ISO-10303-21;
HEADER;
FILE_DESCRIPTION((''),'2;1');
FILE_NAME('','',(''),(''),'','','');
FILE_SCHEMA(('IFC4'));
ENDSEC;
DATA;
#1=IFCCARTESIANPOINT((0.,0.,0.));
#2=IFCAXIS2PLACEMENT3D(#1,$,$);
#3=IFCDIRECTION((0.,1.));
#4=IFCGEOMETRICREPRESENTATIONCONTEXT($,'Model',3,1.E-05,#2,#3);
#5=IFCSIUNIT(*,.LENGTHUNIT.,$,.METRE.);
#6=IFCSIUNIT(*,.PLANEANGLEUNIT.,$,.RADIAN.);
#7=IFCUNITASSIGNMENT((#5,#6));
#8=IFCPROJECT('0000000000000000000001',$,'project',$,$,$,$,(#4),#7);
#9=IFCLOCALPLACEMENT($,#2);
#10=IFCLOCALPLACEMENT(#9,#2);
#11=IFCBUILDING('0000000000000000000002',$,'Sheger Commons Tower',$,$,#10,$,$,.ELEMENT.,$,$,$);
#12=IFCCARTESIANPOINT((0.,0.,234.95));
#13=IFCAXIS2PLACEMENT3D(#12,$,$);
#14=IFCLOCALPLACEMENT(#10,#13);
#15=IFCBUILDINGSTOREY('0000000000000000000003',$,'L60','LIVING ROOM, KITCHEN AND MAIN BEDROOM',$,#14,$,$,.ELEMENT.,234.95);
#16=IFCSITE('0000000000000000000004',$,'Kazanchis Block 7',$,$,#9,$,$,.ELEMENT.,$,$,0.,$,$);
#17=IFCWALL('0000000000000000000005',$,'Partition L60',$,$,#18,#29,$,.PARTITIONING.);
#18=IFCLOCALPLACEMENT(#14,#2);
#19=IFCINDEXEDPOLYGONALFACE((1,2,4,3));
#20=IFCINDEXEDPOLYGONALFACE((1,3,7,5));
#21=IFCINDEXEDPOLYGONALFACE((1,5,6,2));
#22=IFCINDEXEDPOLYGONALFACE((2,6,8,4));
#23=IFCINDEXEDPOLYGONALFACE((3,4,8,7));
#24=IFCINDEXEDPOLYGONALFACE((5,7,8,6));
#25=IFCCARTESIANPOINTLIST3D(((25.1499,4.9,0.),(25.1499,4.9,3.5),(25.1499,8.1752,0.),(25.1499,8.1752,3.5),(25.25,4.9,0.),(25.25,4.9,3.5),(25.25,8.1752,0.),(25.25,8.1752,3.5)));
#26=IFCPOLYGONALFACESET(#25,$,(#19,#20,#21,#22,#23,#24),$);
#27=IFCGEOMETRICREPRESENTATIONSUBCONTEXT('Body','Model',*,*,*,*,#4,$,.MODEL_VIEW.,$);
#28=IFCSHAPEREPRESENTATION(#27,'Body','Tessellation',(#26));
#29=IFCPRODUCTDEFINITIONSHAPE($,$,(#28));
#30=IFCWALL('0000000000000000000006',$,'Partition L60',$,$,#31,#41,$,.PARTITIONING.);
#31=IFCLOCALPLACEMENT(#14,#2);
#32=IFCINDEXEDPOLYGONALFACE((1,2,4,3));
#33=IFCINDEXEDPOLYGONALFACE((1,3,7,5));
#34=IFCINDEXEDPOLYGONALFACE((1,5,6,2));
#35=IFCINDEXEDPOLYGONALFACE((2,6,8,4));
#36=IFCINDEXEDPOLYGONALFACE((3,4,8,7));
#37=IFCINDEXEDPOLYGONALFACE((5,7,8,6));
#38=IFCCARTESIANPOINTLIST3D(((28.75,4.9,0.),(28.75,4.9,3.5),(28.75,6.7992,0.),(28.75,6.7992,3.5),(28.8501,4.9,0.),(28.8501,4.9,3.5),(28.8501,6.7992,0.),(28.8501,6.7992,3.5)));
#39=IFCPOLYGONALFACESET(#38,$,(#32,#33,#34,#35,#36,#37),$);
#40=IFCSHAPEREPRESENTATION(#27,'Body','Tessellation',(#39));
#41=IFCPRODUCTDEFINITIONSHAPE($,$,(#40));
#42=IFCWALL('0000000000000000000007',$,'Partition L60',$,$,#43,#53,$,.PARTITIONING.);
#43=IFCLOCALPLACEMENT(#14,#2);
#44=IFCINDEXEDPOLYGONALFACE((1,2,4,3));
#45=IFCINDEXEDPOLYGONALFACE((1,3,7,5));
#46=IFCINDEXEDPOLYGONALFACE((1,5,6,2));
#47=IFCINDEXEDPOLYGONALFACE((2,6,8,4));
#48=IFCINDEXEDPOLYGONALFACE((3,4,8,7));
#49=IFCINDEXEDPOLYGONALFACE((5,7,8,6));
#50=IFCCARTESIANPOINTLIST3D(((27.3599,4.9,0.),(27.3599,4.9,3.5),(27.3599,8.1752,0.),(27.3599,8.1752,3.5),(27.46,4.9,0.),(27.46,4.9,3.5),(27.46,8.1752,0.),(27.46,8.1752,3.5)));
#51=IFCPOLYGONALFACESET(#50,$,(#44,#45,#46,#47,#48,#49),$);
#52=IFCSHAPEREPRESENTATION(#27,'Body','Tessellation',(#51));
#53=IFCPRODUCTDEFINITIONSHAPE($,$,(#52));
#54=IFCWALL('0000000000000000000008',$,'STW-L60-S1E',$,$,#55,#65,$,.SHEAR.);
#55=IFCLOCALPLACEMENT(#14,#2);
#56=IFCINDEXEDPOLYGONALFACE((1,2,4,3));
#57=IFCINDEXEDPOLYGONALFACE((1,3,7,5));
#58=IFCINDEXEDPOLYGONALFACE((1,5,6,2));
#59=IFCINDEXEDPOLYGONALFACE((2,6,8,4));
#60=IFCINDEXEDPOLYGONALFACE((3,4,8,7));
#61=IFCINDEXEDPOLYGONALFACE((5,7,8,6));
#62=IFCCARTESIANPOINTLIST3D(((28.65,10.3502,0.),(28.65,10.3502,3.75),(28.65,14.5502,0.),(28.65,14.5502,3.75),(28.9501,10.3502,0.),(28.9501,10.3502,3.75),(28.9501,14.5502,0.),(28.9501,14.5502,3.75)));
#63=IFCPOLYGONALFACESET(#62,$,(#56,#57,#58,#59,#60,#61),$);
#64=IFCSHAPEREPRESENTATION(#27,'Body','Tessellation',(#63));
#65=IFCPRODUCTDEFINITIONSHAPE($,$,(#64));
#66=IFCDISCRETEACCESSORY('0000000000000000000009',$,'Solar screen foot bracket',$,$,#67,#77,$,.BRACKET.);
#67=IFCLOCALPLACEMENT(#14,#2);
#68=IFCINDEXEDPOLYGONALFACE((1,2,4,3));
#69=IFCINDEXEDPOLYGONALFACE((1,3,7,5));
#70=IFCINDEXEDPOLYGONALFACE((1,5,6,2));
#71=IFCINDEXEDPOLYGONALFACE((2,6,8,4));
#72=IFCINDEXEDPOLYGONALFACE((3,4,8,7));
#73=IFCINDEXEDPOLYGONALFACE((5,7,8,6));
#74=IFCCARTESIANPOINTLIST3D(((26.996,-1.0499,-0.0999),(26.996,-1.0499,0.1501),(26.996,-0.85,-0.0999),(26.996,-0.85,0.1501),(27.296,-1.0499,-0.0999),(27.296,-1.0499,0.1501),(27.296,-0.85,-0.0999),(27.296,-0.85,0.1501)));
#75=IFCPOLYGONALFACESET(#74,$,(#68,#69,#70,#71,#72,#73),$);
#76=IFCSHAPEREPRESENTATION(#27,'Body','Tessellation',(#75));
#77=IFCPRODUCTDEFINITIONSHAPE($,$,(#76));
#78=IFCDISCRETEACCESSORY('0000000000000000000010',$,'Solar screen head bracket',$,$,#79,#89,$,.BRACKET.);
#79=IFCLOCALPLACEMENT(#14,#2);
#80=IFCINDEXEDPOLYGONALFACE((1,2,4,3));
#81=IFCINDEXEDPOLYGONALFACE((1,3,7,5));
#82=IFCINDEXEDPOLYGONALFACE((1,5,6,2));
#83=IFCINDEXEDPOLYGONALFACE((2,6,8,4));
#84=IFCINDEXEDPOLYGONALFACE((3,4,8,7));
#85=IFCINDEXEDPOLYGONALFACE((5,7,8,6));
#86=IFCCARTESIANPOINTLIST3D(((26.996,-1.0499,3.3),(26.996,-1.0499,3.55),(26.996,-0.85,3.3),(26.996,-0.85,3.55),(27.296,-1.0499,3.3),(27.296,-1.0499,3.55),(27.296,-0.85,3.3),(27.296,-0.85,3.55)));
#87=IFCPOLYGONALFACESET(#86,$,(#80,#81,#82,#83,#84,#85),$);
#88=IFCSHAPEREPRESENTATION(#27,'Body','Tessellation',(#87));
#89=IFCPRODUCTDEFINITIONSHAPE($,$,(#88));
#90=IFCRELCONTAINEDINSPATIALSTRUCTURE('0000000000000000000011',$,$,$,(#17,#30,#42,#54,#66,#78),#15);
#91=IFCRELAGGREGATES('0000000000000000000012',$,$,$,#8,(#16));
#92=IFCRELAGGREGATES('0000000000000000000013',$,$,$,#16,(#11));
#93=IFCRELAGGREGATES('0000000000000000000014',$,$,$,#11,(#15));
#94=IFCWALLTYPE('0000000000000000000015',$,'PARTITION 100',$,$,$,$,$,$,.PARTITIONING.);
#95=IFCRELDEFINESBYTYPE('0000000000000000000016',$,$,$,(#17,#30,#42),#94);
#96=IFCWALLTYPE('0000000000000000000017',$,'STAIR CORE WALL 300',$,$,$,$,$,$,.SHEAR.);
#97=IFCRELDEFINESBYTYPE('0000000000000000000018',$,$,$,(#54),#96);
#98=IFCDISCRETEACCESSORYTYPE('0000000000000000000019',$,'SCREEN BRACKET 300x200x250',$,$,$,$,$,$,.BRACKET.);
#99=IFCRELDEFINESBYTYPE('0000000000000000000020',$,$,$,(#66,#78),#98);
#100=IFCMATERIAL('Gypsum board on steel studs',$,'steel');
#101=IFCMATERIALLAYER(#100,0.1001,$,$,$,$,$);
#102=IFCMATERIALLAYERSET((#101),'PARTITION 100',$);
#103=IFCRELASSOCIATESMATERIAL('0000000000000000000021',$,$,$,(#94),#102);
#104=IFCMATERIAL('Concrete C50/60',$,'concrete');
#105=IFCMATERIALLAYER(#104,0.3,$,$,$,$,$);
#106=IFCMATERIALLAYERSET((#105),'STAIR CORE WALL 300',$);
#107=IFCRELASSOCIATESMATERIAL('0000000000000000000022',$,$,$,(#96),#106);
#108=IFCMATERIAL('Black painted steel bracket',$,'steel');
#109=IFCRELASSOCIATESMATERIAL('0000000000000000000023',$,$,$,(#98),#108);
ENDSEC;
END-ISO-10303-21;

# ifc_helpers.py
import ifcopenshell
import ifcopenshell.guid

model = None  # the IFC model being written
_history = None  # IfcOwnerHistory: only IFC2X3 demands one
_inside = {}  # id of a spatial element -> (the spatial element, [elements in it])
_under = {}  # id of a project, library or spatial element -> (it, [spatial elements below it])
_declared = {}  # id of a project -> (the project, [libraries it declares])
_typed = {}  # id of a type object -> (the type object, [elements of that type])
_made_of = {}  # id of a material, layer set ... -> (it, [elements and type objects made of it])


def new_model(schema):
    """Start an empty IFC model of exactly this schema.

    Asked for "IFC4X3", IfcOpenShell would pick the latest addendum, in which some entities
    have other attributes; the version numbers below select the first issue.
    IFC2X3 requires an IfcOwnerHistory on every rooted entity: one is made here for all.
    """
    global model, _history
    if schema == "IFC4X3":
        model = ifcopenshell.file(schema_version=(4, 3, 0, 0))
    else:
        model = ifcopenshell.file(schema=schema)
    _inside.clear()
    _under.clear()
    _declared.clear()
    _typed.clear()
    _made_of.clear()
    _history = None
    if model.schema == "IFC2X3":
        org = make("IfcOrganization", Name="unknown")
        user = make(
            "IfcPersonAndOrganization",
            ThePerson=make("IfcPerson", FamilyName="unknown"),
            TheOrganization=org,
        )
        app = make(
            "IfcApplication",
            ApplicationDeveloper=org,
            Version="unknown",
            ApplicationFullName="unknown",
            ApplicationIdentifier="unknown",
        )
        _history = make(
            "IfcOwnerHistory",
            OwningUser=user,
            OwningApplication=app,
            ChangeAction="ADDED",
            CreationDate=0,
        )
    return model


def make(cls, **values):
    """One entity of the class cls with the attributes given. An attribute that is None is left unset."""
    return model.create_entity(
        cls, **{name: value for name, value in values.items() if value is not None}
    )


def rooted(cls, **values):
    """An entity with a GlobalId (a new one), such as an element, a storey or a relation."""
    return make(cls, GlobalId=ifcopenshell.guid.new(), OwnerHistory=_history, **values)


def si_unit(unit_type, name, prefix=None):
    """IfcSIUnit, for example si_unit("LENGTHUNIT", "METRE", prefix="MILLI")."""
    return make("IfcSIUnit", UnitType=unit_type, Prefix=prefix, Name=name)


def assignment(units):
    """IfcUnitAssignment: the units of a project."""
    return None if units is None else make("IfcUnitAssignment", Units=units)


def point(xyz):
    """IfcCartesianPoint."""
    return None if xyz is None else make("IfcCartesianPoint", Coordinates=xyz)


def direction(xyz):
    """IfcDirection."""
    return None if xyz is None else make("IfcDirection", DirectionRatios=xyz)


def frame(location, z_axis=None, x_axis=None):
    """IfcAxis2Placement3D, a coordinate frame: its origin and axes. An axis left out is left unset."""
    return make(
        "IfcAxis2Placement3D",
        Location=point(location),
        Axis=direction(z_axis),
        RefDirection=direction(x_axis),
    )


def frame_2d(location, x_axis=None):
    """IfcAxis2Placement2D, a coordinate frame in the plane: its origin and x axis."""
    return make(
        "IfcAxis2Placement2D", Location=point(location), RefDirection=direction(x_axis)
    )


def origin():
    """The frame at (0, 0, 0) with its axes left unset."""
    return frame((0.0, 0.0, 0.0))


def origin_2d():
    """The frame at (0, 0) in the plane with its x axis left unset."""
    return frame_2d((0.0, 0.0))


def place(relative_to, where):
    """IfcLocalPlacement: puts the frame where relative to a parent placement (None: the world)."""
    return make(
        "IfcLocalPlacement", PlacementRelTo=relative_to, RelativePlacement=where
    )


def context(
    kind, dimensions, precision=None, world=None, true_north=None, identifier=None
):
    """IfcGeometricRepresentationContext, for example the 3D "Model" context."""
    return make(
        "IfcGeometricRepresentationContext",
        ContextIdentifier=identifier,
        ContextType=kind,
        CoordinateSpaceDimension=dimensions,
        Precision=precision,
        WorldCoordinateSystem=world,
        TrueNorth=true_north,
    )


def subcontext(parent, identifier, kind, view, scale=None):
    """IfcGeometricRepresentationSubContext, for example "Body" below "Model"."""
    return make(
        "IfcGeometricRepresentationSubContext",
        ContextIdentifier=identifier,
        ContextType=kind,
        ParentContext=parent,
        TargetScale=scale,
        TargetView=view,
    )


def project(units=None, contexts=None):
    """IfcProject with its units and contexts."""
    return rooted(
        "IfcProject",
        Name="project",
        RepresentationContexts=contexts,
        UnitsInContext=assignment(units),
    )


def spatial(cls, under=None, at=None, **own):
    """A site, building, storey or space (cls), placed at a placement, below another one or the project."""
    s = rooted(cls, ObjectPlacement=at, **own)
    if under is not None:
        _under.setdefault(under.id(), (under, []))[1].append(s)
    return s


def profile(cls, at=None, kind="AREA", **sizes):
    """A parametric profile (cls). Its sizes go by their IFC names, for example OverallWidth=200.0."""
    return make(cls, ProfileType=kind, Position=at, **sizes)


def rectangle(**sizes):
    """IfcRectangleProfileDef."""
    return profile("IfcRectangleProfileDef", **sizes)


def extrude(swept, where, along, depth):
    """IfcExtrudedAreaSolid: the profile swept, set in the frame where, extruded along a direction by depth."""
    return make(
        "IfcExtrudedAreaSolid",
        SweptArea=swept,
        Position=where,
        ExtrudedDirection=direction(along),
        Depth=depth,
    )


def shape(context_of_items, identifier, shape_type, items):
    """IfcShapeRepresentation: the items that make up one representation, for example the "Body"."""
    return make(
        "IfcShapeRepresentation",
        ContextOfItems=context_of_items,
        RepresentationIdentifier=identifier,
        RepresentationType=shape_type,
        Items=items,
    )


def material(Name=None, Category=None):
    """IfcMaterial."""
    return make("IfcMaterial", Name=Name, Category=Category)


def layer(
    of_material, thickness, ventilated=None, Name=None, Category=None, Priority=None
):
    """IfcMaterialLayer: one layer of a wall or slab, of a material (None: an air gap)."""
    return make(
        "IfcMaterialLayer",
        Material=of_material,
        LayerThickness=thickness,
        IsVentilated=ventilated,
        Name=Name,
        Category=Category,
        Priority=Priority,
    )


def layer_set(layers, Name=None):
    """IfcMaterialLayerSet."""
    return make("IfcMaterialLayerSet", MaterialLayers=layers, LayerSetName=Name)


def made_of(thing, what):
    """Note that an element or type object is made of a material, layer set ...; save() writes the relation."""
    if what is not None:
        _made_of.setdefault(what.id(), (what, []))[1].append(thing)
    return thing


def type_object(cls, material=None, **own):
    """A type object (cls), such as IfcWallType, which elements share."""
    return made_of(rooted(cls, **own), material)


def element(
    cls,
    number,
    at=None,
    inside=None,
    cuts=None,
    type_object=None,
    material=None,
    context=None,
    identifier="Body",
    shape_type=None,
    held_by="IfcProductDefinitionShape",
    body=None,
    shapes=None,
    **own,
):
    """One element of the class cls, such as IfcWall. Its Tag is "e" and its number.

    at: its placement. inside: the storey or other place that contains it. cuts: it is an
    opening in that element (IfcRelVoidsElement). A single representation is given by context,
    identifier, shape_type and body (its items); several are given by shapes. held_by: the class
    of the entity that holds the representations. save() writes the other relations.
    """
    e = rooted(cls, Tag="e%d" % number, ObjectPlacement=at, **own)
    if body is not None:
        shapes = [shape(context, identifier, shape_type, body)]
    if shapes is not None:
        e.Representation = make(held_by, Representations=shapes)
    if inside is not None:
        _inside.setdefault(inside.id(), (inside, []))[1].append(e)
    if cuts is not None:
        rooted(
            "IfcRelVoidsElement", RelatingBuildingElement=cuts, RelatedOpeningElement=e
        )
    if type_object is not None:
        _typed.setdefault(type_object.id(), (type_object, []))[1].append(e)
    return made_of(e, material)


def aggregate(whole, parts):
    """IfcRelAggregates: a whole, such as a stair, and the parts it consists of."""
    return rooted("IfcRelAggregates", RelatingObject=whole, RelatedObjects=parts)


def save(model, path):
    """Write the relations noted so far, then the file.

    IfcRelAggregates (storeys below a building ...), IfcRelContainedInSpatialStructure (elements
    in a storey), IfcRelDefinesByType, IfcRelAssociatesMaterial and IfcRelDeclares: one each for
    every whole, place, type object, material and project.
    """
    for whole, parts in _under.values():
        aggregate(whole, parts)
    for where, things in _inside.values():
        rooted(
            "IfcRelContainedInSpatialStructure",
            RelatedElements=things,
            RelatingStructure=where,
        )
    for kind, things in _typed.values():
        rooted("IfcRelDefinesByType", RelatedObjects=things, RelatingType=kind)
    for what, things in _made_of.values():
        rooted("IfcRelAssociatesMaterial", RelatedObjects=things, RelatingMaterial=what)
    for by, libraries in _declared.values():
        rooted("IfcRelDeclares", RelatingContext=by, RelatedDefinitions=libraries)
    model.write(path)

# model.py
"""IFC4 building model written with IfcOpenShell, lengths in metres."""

from ifc_helpers import new_model, si_unit, direction, frame, frame_2d, origin, origin_2d, place, context, subcontext, project, spatial, rectangle, extrude, material, layer, layer_set, type_object, element, save


model = new_model("IFC4")

# Units and contexts
model_context = context("Model", 3, precision=1e-05, world=origin(), true_north=direction((0.0, 1.0)))
body_context = subcontext(model_context, "Body", "Model", "MODEL_VIEW")
ifc_project = project(units=[si_unit("LENGTHUNIT", "METRE"), si_unit("PLANEANGLEUNIT", "RADIAN")], contexts=[model_context])

# Site, building, storey
site_placement = place(None, origin())
site = spatial("IfcSite", under=ifc_project, at=site_placement, Name="Kazanchis Block 7", CompositionType="ELEMENT", RefElevation=0.0)
building_placement = place(site_placement, origin())
building = spatial("IfcBuilding", under=site, at=building_placement, Name="Sheger Commons Tower", CompositionType="ELEMENT")
storey_placement = place(building_placement, frame((0.0, 0.0, 234.95)))
storey = spatial("IfcBuildingStorey", under=building, at=storey_placement, Name="L60", Description="LIVING ROOM, KITCHEN AND MAIN BEDROOM", CompositionType="ELEMENT", Elevation=234.95)

# Walls
ifc_material_1 = material(Name="Gypsum board on steel studs", Category="steel")
ifc_layer_1 = layer(ifc_material_1, 0.1001)
ifc_layer_set_1 = layer_set([ifc_layer_1], Name="PARTITION 100")
wall_type_1 = type_object("IfcWallType", Name="PARTITION 100", PredefinedType="PARTITIONING", material=ifc_layer_set_1)
wall_1_placement = place(storey_placement, frame((25.2, 4.8999, 0.0), z_axis=(0.0, 0.0, 1.0), x_axis=(0.0, 1.0, 0.0)))
element("IfcWall", 1, at=wall_1_placement, inside=storey, type_object=wall_type_1, Name="Partition L60", PredefinedType="PARTITIONING", context=body_context, shape_type="SweptSolid", body=[
    extrude(rectangle(XDim=3.2751, YDim=0.1001, at=frame_2d((1.6377, 0.0))), origin(), (0.0, 0.0, 1.0), 3.5),
])
wall_2_placement = place(storey_placement, frame((28.8, 4.8999, 0.0), z_axis=(0.0, 0.0, 1.0), x_axis=(0.0, 1.0, 0.0)))
element("IfcWall", 2, at=wall_2_placement, inside=storey, type_object=wall_type_1, Name="Partition L60", PredefinedType="PARTITIONING", context=body_context, shape_type="SweptSolid", body=[
    extrude(rectangle(XDim=1.8992, YDim=0.1001, at=frame_2d((0.9497, 0.0))), origin(), (0.0, 0.0, 1.0), 3.5),
])
wall_3_placement = place(storey_placement, frame((27.4099, 4.8999, 0.0), z_axis=(0.0, 0.0, 1.0), x_axis=(0.0, 1.0, 0.0)))
element("IfcWall", 3, at=wall_3_placement, inside=storey, type_object=wall_type_1, Name="Partition L60", PredefinedType="PARTITIONING", context=body_context, shape_type="SweptSolid", body=[
    extrude(rectangle(XDim=3.2751, YDim=0.1001, at=frame_2d((1.6377, 0.0))), origin(), (0.0, 0.0, 1.0), 3.5),
])
ifc_material_2 = material(Name="Concrete C50/60", Category="concrete")
ifc_layer_2 = layer(ifc_material_2, 0.3)
ifc_layer_set_2 = layer_set([ifc_layer_2], Name="STAIR CORE WALL 300")
wall_type_2 = type_object("IfcWallType", Name="STAIR CORE WALL 300", PredefinedType="SHEAR", material=ifc_layer_set_2)
wall_4_placement = place(storey_placement, frame((28.8, 10.3501, 0.0), z_axis=(0.0, 0.0, 1.0), x_axis=(0.0, 1.0, 0.0)))
element("IfcWall", 4, at=wall_4_placement, inside=storey, type_object=wall_type_2, Name="STW-L60-S1E", PredefinedType="SHEAR", context=body_context, shape_type="SweptSolid", body=[
    extrude(rectangle(XDim=4.2, YDim=0.3, at=frame_2d((2.1001, 0.0))), origin(), (0.0, 0.0, 1.0), 3.75),
])

# Discrete accessories
ifc_material_3 = material(Name="Black painted steel bracket", Category="steel")
discrete_accessory_type = type_object("IfcDiscreteAccessoryType", Name="SCREEN BRACKET 300x200x250", PredefinedType="BRACKET", material=ifc_material_3)
for number, where, z_axis, x_axis, name in (
    (5, (27.146, -0.95, -0.0999), (0.0, 0.0, 1.0), (1.0, 0.0, 0.0), "Solar screen foot bracket"),
    (6, (27.146, -0.95, 3.3), (0.0, 0.0, 1.0), (1.0, 0.0, 0.0), "Solar screen head bracket"),
):
    element("IfcDiscreteAccessory", number, at=place(storey_placement, frame(where, z_axis=z_axis, x_axis=x_axis)), inside=storey, type_object=discrete_accessory_type, Name=name, PredefinedType="BRACKET", context=body_context, shape_type="SweptSolid", body=[
        extrude(rectangle(XDim=0.3, YDim=0.2, at=origin_2d()), origin(), (0.0, 0.0, 1.0), 0.25),
    ])

save(model, "model.ifc")
